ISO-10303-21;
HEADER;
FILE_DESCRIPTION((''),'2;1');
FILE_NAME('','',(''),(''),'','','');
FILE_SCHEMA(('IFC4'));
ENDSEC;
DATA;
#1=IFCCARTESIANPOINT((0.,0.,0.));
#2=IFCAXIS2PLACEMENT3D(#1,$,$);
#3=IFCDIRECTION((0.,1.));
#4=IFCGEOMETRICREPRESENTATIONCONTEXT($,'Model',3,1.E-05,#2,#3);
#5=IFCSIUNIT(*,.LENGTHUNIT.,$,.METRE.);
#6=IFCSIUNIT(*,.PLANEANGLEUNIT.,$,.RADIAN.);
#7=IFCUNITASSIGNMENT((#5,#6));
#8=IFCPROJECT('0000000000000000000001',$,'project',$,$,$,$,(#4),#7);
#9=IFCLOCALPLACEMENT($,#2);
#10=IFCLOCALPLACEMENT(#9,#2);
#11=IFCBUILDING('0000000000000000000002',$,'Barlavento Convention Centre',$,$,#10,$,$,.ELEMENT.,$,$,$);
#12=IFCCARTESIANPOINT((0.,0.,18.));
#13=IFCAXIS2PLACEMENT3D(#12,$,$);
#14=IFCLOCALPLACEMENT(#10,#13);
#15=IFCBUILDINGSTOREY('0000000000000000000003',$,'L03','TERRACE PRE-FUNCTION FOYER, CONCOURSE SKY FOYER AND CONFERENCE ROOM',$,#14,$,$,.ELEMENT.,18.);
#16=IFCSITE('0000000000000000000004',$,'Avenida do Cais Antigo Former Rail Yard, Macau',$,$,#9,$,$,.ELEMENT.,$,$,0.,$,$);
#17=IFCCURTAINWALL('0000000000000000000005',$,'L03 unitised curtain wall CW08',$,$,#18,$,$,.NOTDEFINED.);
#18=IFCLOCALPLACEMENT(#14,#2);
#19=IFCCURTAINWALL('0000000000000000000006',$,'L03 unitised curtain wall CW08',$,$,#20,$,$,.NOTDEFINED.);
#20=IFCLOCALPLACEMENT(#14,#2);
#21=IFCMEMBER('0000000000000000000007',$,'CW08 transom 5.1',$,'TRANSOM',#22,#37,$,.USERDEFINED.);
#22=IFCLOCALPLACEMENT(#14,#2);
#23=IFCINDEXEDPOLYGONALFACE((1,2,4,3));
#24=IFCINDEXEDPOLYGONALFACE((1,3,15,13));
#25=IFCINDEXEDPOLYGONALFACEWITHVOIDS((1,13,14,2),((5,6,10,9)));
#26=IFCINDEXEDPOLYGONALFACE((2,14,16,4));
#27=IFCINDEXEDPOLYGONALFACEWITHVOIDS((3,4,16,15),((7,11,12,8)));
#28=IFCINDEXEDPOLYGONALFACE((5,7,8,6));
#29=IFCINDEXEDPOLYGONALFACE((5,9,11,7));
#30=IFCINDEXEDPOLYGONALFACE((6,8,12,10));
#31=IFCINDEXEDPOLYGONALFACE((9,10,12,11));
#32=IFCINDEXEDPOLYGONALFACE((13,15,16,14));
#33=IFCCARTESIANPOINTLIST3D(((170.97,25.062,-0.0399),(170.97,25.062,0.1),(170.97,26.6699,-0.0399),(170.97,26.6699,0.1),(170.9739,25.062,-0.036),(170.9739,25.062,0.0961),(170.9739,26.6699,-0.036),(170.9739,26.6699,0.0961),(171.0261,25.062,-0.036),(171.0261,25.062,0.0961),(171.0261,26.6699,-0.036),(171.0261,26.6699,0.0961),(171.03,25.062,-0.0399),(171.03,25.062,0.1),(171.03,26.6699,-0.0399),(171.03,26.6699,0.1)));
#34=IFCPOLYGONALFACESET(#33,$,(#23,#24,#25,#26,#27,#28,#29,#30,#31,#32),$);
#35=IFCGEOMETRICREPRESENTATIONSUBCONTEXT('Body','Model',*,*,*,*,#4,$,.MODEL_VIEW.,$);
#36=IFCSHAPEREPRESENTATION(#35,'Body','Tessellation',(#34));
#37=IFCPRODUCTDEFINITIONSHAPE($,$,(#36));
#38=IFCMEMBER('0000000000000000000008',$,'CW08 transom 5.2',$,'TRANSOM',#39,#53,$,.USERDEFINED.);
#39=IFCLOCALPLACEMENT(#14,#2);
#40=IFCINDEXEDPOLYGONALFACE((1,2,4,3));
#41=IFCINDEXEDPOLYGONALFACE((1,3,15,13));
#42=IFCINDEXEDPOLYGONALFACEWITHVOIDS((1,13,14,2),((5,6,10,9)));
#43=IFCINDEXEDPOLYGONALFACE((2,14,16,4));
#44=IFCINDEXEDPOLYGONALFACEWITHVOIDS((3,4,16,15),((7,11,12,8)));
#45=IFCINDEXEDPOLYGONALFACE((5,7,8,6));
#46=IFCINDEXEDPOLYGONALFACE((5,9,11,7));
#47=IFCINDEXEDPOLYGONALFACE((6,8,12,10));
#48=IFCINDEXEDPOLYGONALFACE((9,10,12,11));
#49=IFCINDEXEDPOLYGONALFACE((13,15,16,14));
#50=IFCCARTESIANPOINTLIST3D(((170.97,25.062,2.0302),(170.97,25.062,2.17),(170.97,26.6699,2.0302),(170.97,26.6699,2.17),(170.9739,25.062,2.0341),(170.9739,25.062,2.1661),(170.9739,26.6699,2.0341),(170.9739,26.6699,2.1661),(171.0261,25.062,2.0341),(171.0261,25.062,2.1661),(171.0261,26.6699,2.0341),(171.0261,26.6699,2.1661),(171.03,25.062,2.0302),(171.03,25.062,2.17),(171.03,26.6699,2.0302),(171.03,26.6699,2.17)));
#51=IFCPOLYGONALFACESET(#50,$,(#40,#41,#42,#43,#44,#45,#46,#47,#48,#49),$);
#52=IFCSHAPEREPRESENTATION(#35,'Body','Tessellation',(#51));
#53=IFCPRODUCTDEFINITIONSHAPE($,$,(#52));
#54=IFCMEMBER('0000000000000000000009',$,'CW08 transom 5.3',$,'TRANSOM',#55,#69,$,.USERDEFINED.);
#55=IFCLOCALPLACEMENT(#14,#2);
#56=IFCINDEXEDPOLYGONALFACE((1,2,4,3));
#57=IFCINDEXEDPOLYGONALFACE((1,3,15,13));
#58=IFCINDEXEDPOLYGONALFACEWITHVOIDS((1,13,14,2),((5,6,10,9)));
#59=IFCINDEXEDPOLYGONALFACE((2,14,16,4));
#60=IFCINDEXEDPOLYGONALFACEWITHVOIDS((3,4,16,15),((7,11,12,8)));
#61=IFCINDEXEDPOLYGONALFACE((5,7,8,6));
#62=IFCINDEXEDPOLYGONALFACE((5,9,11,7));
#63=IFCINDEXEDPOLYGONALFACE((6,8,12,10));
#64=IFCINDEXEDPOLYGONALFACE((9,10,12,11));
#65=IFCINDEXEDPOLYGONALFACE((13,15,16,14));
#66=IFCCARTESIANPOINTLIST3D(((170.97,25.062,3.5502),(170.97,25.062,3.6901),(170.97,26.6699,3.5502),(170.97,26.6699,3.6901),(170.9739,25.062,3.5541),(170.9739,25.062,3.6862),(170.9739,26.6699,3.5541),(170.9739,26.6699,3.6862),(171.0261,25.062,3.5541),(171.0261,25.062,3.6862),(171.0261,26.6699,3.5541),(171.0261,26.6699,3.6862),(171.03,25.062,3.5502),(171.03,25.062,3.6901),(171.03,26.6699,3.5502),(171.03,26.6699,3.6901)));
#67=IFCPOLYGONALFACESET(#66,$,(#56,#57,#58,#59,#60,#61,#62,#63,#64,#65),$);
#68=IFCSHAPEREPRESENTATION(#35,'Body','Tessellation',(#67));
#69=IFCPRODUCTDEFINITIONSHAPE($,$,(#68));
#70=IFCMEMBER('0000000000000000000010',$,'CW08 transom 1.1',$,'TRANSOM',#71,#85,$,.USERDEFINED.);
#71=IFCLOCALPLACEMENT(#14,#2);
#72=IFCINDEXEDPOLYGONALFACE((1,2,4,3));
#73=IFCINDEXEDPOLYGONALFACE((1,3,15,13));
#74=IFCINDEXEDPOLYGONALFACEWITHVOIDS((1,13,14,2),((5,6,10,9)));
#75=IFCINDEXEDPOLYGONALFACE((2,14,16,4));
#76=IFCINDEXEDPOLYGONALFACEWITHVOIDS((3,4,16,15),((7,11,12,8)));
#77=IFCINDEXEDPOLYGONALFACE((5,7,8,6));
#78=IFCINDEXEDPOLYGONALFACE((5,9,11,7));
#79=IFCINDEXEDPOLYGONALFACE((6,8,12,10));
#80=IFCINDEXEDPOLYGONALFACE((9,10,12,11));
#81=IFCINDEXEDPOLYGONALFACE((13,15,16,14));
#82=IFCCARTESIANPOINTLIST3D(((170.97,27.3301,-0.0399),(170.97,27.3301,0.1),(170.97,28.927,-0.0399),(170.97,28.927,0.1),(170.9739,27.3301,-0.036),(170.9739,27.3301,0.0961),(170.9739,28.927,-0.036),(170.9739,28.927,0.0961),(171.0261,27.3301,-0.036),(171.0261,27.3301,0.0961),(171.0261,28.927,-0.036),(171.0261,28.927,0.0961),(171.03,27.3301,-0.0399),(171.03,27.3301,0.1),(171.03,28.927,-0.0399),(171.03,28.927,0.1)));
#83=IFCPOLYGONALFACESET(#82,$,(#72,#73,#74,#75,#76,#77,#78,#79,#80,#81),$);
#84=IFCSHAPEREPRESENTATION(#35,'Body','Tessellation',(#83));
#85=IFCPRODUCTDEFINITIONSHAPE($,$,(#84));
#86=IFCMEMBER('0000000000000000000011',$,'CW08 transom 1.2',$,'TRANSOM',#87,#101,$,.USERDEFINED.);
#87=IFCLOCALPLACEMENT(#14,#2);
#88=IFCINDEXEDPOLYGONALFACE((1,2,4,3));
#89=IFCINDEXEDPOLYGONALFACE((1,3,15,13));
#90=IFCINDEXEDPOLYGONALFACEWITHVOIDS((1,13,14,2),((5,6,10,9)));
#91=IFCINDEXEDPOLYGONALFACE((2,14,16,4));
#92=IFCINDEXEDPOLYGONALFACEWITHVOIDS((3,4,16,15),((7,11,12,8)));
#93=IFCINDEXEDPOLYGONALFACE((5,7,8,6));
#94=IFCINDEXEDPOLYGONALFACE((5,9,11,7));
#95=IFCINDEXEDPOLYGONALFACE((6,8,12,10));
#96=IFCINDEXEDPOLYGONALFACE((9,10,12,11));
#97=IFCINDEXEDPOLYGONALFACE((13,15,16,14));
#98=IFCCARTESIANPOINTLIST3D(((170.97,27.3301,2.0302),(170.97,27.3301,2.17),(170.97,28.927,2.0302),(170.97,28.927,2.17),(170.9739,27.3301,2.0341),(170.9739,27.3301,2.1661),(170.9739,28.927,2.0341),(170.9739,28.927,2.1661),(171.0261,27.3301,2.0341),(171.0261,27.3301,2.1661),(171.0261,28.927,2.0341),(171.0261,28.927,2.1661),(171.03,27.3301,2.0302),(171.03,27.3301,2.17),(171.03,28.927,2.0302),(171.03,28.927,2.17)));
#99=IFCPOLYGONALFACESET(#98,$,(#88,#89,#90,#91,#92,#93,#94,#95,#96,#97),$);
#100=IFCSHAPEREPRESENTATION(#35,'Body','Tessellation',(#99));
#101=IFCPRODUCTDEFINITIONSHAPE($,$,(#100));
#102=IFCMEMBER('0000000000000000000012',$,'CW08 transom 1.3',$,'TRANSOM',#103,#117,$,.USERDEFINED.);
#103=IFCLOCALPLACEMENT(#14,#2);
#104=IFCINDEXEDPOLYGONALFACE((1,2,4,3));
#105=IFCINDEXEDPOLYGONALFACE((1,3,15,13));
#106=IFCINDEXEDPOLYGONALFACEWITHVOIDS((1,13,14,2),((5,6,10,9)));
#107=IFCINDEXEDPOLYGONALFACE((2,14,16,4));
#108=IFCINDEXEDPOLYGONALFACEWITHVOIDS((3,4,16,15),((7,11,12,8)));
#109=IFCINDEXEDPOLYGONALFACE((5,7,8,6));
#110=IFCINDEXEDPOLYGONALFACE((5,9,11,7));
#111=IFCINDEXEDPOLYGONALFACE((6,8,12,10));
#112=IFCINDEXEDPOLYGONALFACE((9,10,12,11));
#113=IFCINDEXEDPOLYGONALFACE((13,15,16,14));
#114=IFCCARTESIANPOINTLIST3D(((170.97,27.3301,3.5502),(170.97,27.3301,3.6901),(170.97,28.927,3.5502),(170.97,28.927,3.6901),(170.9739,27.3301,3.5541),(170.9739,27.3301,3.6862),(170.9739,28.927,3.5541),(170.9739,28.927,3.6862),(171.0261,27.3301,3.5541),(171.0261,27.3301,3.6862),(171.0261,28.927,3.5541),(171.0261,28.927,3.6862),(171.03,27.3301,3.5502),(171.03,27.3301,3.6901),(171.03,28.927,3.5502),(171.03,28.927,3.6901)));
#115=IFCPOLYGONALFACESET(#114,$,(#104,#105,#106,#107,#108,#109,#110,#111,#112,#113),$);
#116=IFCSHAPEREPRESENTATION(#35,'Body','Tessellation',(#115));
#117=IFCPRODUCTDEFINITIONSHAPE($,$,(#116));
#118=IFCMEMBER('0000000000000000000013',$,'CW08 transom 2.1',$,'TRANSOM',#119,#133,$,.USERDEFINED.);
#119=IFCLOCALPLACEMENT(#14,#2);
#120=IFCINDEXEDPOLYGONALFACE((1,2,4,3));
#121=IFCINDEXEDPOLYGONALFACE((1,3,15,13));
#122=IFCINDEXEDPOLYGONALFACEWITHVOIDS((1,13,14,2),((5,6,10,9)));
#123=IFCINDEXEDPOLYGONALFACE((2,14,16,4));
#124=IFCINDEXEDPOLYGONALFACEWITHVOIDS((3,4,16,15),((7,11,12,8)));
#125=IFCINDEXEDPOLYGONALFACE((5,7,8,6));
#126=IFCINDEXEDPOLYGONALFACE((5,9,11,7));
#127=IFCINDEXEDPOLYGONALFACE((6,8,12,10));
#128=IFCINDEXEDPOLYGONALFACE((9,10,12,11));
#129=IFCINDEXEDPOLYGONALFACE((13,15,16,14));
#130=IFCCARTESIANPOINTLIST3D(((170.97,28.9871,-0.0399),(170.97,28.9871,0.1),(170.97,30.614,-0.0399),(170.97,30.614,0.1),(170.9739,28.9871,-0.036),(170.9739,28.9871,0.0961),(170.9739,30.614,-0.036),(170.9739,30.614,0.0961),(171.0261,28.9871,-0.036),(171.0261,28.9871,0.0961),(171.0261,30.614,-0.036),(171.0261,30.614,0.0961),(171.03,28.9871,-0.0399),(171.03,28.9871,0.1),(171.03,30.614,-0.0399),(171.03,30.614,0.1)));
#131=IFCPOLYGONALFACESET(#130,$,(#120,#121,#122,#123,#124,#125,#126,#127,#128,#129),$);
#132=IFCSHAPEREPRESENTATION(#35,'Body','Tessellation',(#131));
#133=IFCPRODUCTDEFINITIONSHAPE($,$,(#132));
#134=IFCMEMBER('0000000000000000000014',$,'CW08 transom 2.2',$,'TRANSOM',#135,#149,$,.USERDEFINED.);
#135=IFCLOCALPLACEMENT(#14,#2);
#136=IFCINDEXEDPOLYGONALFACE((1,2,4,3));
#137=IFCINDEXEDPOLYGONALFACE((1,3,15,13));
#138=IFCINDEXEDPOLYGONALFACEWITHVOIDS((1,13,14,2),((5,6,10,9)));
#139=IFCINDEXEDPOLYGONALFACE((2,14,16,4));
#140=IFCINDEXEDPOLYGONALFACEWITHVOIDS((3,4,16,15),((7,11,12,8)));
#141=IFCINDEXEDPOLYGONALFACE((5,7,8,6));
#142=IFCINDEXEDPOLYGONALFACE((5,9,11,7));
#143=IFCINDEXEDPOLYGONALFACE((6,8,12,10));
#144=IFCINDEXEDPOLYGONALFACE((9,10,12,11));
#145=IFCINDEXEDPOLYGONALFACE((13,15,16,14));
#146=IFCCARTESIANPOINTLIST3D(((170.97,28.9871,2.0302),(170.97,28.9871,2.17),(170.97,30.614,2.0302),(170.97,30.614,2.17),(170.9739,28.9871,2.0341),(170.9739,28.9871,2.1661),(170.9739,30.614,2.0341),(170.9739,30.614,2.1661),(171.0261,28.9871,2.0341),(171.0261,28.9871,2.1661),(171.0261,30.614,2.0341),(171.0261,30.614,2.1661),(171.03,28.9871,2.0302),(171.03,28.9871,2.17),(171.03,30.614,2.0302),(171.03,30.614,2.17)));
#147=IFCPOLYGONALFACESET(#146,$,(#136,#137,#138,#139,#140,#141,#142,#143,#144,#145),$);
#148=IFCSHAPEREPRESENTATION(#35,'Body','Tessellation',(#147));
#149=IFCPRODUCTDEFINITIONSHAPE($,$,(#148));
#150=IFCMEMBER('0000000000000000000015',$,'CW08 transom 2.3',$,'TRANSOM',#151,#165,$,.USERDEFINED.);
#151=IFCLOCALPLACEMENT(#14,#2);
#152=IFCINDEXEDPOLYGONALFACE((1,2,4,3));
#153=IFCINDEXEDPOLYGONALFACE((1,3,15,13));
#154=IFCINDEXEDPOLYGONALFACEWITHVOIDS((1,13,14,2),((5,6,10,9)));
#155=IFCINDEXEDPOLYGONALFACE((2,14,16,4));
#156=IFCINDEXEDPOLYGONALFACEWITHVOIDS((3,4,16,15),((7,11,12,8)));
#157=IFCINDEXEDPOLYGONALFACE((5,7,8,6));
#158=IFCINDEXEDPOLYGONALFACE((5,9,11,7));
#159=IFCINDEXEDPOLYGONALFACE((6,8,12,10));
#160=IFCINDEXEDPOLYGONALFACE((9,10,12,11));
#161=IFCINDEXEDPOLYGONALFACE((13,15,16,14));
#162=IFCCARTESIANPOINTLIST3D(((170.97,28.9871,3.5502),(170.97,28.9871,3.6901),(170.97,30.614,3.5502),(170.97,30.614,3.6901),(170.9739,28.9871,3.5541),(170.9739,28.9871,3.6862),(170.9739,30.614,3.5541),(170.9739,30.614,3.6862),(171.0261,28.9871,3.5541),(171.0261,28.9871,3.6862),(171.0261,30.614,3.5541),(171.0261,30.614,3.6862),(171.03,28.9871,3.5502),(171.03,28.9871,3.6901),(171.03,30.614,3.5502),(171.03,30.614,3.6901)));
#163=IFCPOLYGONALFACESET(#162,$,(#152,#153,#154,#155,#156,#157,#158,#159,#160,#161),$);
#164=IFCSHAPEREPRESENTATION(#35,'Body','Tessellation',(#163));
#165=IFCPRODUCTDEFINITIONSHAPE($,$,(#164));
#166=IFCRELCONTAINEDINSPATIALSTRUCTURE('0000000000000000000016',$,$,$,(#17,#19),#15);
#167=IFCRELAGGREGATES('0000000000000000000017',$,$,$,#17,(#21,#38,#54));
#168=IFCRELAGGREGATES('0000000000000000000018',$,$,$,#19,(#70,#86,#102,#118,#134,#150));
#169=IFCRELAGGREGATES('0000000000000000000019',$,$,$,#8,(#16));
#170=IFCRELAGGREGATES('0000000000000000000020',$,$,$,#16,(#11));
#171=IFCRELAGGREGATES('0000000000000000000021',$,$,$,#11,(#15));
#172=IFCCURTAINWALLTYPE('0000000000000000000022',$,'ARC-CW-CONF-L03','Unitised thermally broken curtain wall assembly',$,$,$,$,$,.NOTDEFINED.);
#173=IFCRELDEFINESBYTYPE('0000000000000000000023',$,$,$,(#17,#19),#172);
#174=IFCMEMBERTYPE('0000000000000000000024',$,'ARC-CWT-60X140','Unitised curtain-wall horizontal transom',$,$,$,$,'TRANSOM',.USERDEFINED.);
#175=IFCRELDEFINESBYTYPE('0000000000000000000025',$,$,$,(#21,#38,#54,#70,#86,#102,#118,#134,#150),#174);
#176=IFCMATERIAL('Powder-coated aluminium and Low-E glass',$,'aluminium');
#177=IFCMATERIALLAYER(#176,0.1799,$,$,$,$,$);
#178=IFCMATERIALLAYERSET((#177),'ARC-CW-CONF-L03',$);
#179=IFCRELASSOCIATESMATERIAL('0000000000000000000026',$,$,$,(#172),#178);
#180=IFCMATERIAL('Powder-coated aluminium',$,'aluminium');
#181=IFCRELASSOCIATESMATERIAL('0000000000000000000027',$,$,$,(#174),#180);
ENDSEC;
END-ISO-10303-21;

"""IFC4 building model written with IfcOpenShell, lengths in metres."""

from ifc_helpers import new_model, si_unit, direction, frame, origin, origin_2d, place, context, subcontext, project, spatial, hollow_rectangle, extrude, material, layer, layer_set, material_profile, profile_set, type_object, element, aggregate, save


model = new_model("IFC4")

# Units and contexts
model_context = context("Model", 3, precision=1e-05, world=origin(), true_north=direction((0.0, 1.0)))
body_context = subcontext(model_context, "Body", "Model", "MODEL_VIEW")
ifc_project = project(units=[si_unit("LENGTHUNIT", "METRE"), si_unit("PLANEANGLEUNIT", "RADIAN")], contexts=[model_context])

# Site, building, storey
site_placement = place(None, origin())
site = spatial("IfcSite", under=ifc_project, at=site_placement, Name="Avenida do Cais Antigo Former Rail Yard, Macau", CompositionType="ELEMENT", RefElevation=0.0)
building_placement = place(site_placement, origin())
building = spatial("IfcBuilding", under=site, at=building_placement, Name="Barlavento Convention Centre", CompositionType="ELEMENT")
storey_placement = place(building_placement, frame((0.0, 0.0, 18.0)))
storey = spatial("IfcBuildingStorey", under=building, at=storey_placement, Name="L03", Description="TERRACE PRE-FUNCTION FOYER, CONCOURSE SKY FOYER AND CONFERENCE ROOM", CompositionType="ELEMENT", Elevation=18.0)

# Curtain walls
ifc_material_1 = material(Name="Powder-coated aluminium and Low-E glass", Category="aluminium")
ifc_layer_1 = layer(ifc_material_1, 0.1799)
ifc_layer_set_1 = layer_set([ifc_layer_1], Name="ARC-CW-CONF-L03")
curtain_wall_type = type_object("IfcCurtainWallType", Name="ARC-CW-CONF-L03", Description="Unitised thermally broken curtain wall assembly", PredefinedType="NOTDEFINED", material=ifc_layer_set_1)
curtain_wall_1_placement = place(storey_placement, origin())
curtain_wall_1 = element("IfcCurtainWall", 1, at=curtain_wall_1_placement, inside=storey, type_object=curtain_wall_type, Name="L03 unitised curtain wall CW08", PredefinedType="NOTDEFINED")
ifc_material_2 = material(Name="Powder-coated aluminium", Category="aluminium")
curtain_wall_2_placement = place(storey_placement, origin())
curtain_wall_2 = element("IfcCurtainWall", 2, at=curtain_wall_2_placement, inside=storey, type_object=curtain_wall_type, Name="L03 unitised curtain wall CW08", PredefinedType="NOTDEFINED")

# Members
ifc_material_profile_1 = material_profile(ifc_material_2, hollow_rectangle(XDim=0.0601, YDim=0.1399, WallThickness=0.0039, at=origin_2d()), Name="AL-TRAN 60x140x4")
ifc_profile_set_1 = profile_set([ifc_material_profile_1], Name="Powder-coated aluminium")
member_type_1 = type_object("IfcMemberType", Name="ARC-CWT-60X140", Description="Unitised curtain-wall horizontal transom", ElementType="TRANSOM", PredefinedType="USERDEFINED", material=ifc_profile_set_1)
member_1_placement = place(storey_placement, frame((171.0, 25.062, 0.03), z_axis=(0.0, 1.0, 0.0), x_axis=(-1.0, 0.0, 0.0)))
member_1 = element("IfcMember", 3, at=member_1_placement, type_object=member_type_1, Name="CW08 transom 5.1", ObjectType="TRANSOM", PredefinedType="USERDEFINED", context=body_context, shape_type="SweptSolid", body=[
    extrude(hollow_rectangle(XDim=0.0601, YDim=0.1399, WallThickness=0.0039, at=origin_2d()), origin(), (0.0, 0.0, 1.0), 1.6079),
])
member_2_placement = place(storey_placement, frame((171.0, 25.062, 2.1001), z_axis=(0.0, 1.0, 0.0), x_axis=(-1.0, 0.0, 0.0)))
member_2 = element("IfcMember", 4, at=member_2_placement, type_object=member_type_1, Name="CW08 transom 5.2", ObjectType="TRANSOM", PredefinedType="USERDEFINED", context=body_context, shape_type="SweptSolid", body=[
    extrude(hollow_rectangle(XDim=0.0601, YDim=0.1399, WallThickness=0.0039, at=origin_2d()), origin(), (0.0, 0.0, 1.0), 1.6079),
])
member_3_placement = place(storey_placement, frame((171.0, 25.062, 3.6201), z_axis=(0.0, 1.0, 0.0), x_axis=(-1.0, 0.0, 0.0)))
member_3 = element("IfcMember", 5, at=member_3_placement, type_object=member_type_1, Name="CW08 transom 5.3", ObjectType="TRANSOM", PredefinedType="USERDEFINED", context=body_context, shape_type="SweptSolid", body=[
    extrude(hollow_rectangle(XDim=0.0601, YDim=0.1399, WallThickness=0.0039, at=origin_2d()), origin(), (0.0, 0.0, 1.0), 1.6079),
])
member_4_placement = place(storey_placement, frame((171.0, 27.3301, 0.03), z_axis=(0.0, 1.0, 0.0), x_axis=(-1.0, 0.0, 0.0)))
member_4 = element("IfcMember", 6, at=member_4_placement, type_object=member_type_1, Name="CW08 transom 1.1", ObjectType="TRANSOM", PredefinedType="USERDEFINED", context=body_context, shape_type="SweptSolid", body=[
    extrude(hollow_rectangle(XDim=0.0601, YDim=0.1399, WallThickness=0.0039, at=origin_2d()), origin(), (0.0, 0.0, 1.0), 1.5969),
])
member_5_placement = place(storey_placement, frame((171.0, 27.3301, 2.1001), z_axis=(0.0, 1.0, 0.0), x_axis=(-1.0, 0.0, 0.0)))
member_5 = element("IfcMember", 7, at=member_5_placement, type_object=member_type_1, Name="CW08 transom 1.2", ObjectType="TRANSOM", PredefinedType="USERDEFINED", context=body_context, shape_type="SweptSolid", body=[
    extrude(hollow_rectangle(XDim=0.0601, YDim=0.1399, WallThickness=0.0039, at=origin_2d()), origin(), (0.0, 0.0, 1.0), 1.5969),
])
member_6_placement = place(storey_placement, frame((171.0, 27.3301, 3.6201), z_axis=(0.0, 1.0, 0.0), x_axis=(-1.0, 0.0, 0.0)))
member_6 = element("IfcMember", 8, at=member_6_placement, type_object=member_type_1, Name="CW08 transom 1.3", ObjectType="TRANSOM", PredefinedType="USERDEFINED", context=body_context, shape_type="SweptSolid", body=[
    extrude(hollow_rectangle(XDim=0.0601, YDim=0.1399, WallThickness=0.0039, at=origin_2d()), origin(), (0.0, 0.0, 1.0), 1.5969),
])
member_7_placement = place(storey_placement, frame((171.0, 28.9871, 0.03), z_axis=(0.0, 1.0, 0.0), x_axis=(-1.0, 0.0, 0.0)))
member_7 = element("IfcMember", 9, at=member_7_placement, type_object=member_type_1, Name="CW08 transom 2.1", ObjectType="TRANSOM", PredefinedType="USERDEFINED", context=body_context, shape_type="SweptSolid", body=[
    extrude(hollow_rectangle(XDim=0.0601, YDim=0.1399, WallThickness=0.0039, at=origin_2d()), origin(), (0.0, 0.0, 1.0), 1.627),
])
member_8_placement = place(storey_placement, frame((171.0, 28.9871, 2.1001), z_axis=(0.0, 1.0, 0.0), x_axis=(-1.0, 0.0, 0.0)))
member_8 = element("IfcMember", 10, at=member_8_placement, type_object=member_type_1, Name="CW08 transom 2.2", ObjectType="TRANSOM", PredefinedType="USERDEFINED", context=body_context, shape_type="SweptSolid", body=[
    extrude(hollow_rectangle(XDim=0.0601, YDim=0.1399, WallThickness=0.0039, at=origin_2d()), origin(), (0.0, 0.0, 1.0), 1.627),
])
member_9_placement = place(storey_placement, frame((171.0, 28.9871, 3.6201), z_axis=(0.0, 1.0, 0.0), x_axis=(-1.0, 0.0, 0.0)))
member_9 = element("IfcMember", 11, at=member_9_placement, type_object=member_type_1, Name="CW08 transom 2.3", ObjectType="TRANSOM", PredefinedType="USERDEFINED", context=body_context, shape_type="SweptSolid", body=[
    extrude(hollow_rectangle(XDim=0.0601, YDim=0.1399, WallThickness=0.0039, at=origin_2d()), origin(), (0.0, 0.0, 1.0), 1.627),
])

aggregate(curtain_wall_1, [member_1, member_2, member_3])
aggregate(curtain_wall_2, [member_4, member_5, member_6, member_7, member_8, member_9])

save(model, "model.ifc")
